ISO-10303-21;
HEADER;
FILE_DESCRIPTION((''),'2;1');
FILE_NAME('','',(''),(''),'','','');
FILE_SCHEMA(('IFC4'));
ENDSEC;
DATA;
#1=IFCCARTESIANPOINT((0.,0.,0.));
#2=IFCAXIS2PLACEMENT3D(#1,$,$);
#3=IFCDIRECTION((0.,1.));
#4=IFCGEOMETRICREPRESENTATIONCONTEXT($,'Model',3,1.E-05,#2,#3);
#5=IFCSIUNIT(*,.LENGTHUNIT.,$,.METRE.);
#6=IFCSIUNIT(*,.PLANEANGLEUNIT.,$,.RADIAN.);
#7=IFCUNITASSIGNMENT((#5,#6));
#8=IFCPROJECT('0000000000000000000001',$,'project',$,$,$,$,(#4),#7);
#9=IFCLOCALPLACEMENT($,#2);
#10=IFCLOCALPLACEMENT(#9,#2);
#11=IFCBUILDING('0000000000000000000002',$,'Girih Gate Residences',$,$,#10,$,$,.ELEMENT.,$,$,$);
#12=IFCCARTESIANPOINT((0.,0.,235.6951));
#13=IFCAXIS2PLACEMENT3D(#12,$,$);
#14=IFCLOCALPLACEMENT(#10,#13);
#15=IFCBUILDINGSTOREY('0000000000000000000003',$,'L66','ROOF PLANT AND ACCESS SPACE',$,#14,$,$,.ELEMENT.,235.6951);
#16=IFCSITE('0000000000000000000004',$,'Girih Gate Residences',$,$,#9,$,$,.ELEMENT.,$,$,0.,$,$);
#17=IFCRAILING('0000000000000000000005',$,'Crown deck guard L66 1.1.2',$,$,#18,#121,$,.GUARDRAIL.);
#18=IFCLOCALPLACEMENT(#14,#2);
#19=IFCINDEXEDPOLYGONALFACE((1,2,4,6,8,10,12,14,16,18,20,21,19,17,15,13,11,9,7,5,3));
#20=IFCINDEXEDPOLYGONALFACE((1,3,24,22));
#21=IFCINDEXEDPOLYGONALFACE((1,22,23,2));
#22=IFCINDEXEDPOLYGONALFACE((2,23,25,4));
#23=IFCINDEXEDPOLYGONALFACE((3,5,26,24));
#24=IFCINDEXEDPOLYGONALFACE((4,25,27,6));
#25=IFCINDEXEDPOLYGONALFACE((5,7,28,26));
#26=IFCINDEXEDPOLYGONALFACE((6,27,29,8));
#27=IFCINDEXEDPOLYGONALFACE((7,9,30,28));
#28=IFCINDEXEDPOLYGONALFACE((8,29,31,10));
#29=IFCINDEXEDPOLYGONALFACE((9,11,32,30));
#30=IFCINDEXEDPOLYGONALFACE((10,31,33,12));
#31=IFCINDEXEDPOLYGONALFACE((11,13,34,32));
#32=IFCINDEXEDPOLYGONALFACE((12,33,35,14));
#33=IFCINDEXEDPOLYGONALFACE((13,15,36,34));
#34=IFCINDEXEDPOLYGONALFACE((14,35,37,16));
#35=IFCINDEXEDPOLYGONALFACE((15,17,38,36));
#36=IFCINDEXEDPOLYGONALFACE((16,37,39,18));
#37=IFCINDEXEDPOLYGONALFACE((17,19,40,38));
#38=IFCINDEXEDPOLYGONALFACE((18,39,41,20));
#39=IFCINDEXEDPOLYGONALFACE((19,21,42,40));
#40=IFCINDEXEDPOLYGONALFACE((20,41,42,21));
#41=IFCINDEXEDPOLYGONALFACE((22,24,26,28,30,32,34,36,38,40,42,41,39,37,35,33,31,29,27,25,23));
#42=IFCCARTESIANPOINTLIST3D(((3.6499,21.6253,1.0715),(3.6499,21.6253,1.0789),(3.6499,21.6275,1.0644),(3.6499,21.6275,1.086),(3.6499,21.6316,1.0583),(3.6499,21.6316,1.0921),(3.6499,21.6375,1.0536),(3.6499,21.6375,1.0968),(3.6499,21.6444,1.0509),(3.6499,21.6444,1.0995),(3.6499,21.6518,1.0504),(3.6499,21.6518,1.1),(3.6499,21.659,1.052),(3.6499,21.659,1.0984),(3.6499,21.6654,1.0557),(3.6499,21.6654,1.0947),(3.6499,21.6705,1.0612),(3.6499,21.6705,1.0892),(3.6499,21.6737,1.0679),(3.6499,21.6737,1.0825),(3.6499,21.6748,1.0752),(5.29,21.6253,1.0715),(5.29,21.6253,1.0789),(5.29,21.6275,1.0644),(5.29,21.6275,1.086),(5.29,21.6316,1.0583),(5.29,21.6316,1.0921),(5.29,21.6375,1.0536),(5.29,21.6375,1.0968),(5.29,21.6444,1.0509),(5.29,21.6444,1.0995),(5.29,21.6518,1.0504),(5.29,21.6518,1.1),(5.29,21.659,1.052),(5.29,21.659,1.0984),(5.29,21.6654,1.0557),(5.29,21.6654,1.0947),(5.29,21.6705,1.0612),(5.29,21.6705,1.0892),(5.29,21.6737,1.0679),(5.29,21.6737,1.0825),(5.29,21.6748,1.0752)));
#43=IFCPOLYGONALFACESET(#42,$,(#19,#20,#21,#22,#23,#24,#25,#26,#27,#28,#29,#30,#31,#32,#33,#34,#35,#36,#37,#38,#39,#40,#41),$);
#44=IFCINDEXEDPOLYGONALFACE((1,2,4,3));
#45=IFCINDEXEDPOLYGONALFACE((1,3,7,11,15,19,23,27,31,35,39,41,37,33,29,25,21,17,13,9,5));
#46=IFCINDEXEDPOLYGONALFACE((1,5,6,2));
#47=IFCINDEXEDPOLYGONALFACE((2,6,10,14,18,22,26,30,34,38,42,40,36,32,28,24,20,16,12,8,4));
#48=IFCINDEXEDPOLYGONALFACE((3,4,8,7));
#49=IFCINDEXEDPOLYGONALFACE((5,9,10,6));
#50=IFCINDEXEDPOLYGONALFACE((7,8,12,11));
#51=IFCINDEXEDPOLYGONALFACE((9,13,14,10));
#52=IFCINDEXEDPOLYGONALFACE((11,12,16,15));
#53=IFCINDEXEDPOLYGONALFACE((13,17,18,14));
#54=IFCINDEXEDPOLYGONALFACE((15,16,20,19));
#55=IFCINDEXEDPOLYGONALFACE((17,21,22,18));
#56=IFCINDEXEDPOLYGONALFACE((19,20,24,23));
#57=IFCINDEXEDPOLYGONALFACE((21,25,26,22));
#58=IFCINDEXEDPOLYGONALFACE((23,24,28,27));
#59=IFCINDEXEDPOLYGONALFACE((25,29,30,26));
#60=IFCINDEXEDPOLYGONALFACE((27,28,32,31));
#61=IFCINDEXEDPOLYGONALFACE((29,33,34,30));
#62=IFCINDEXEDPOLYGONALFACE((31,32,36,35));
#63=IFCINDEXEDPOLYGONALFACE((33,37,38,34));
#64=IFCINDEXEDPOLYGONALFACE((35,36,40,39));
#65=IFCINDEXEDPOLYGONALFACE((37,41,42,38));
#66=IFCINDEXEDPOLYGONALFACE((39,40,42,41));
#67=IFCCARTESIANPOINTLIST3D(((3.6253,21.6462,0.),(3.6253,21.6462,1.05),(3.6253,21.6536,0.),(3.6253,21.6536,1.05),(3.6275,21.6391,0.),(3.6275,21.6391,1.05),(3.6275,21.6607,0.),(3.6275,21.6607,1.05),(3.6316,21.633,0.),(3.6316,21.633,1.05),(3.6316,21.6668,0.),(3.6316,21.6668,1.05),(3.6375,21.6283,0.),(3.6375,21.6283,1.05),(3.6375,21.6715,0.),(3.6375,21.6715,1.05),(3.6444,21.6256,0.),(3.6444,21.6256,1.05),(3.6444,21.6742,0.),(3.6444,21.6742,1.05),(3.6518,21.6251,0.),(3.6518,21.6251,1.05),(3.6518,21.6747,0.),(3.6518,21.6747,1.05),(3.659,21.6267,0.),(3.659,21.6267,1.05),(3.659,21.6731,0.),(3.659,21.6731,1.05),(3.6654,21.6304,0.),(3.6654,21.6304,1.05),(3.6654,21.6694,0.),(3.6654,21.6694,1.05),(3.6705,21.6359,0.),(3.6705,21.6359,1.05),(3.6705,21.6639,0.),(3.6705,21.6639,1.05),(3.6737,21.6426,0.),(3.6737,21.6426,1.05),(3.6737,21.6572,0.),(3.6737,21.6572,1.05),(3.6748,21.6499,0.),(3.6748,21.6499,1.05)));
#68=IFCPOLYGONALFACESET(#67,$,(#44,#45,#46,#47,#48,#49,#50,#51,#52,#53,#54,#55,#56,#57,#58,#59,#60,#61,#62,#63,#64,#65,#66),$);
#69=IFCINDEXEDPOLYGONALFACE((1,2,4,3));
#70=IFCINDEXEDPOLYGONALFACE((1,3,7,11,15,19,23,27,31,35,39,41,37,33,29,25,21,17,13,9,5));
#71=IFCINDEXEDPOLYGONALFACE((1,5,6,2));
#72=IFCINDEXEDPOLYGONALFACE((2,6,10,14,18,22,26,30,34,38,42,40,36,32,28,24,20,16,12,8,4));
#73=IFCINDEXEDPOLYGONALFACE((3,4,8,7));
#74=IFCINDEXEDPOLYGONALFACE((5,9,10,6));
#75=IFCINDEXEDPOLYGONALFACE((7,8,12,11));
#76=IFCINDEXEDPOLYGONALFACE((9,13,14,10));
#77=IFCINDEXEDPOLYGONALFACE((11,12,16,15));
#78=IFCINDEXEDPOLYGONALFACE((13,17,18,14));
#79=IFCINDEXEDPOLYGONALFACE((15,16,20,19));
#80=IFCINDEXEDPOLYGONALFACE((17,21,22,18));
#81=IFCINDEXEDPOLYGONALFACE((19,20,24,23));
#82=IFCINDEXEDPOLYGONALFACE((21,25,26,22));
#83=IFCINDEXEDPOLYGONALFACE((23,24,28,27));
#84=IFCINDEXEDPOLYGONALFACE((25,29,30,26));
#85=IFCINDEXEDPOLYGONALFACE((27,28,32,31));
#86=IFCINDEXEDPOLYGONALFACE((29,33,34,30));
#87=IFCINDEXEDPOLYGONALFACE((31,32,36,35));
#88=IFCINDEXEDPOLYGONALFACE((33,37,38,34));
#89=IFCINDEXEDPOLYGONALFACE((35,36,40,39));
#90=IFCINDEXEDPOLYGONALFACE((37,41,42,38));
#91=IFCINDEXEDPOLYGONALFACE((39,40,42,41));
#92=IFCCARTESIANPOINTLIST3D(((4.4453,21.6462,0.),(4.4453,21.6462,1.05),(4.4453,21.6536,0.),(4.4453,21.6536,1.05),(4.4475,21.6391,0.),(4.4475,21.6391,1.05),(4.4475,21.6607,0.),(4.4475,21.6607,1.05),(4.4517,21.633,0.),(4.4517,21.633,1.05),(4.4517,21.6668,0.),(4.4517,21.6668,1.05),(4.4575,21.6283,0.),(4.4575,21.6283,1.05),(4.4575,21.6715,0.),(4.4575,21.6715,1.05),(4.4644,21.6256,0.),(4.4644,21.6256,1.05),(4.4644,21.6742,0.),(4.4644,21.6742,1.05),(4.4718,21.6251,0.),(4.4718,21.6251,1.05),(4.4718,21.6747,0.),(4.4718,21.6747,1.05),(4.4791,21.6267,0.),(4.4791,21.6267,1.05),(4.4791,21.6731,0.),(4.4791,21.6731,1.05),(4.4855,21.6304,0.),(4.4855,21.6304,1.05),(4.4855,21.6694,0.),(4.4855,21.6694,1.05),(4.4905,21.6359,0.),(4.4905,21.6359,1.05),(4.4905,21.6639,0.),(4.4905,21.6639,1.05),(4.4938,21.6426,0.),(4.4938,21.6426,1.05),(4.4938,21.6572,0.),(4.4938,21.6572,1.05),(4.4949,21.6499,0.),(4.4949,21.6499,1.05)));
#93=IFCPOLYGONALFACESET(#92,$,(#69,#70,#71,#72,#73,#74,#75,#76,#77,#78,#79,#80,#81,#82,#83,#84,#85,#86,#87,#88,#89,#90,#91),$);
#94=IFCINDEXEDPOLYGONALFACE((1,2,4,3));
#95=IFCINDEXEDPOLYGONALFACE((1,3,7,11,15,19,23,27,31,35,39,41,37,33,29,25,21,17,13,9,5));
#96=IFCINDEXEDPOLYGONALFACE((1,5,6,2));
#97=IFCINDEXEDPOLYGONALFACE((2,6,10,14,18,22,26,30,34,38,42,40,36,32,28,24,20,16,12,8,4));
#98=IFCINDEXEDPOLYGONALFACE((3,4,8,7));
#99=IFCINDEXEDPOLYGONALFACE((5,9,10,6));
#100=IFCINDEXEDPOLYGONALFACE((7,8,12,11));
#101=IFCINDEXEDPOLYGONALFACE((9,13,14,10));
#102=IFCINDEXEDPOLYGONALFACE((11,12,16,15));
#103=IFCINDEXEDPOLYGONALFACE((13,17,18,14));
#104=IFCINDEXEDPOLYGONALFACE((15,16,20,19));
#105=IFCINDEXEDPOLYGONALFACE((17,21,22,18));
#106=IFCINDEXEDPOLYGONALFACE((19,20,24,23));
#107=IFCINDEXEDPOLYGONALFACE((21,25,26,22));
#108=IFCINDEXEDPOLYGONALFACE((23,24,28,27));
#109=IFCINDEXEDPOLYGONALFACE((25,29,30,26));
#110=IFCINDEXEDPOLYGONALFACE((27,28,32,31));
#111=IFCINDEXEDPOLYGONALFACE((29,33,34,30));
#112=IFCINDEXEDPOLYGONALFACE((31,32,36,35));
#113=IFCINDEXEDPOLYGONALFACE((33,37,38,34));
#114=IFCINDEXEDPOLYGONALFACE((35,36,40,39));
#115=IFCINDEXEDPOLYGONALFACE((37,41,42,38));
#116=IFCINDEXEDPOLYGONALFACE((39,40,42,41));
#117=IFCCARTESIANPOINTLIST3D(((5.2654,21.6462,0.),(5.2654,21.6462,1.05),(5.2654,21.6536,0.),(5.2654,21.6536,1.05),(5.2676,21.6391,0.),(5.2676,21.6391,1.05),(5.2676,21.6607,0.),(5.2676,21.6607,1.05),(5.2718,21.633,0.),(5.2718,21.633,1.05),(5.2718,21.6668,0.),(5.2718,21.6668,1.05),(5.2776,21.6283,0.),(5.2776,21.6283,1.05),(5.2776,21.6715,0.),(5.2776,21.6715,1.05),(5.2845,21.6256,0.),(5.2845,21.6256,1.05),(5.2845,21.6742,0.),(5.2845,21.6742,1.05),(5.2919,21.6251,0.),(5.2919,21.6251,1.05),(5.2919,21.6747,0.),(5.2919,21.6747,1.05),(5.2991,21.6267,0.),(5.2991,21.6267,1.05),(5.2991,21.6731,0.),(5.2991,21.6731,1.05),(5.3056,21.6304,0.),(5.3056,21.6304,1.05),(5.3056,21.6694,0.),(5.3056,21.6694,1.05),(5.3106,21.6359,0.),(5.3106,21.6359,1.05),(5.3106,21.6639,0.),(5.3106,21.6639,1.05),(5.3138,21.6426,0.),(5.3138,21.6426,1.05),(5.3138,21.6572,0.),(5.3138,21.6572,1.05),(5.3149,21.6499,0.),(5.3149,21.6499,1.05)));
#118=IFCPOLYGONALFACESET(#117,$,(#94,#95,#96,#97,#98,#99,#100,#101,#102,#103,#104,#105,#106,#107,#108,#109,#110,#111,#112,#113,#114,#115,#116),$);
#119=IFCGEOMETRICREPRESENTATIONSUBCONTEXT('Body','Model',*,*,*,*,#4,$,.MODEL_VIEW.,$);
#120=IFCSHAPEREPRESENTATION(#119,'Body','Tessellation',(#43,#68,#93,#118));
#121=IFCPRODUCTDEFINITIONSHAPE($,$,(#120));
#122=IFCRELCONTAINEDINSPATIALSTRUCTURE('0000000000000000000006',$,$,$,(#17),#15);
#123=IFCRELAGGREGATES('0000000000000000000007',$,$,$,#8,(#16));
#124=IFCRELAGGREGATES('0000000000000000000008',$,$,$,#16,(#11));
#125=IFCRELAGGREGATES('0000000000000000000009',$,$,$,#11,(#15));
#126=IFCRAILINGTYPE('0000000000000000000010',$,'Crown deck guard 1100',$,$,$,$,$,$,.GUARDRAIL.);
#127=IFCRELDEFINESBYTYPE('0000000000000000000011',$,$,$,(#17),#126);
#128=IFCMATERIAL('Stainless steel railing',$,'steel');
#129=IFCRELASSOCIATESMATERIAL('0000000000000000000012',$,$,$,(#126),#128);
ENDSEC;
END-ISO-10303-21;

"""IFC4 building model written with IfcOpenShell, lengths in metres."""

from ifc_helpers import new_model, si_unit, direction, frame, origin, origin_2d, place, context, subcontext, project, spatial, circle, extrude, material, type_object, element, save


model = new_model("IFC4")

# Units and contexts
model_context = context("Model", 3, precision=1e-05, world=origin(), true_north=direction((0.0, 1.0)))
body_context = subcontext(model_context, "Body", "Model", "MODEL_VIEW")
ifc_project = project(units=[si_unit("LENGTHUNIT", "METRE"), si_unit("PLANEANGLEUNIT", "RADIAN")], contexts=[model_context])

# Site, building, storey
site_placement = place(None, origin())
site = spatial("IfcSite", under=ifc_project, at=site_placement, Name="Girih Gate Residences", CompositionType="ELEMENT", RefElevation=0.0)
building_placement = place(site_placement, origin())
building = spatial("IfcBuilding", under=site, at=building_placement, Name="Girih Gate Residences", CompositionType="ELEMENT")
storey_placement = place(building_placement, frame((0.0, 0.0, 235.6951)))
storey = spatial("IfcBuildingStorey", under=building, at=storey_placement, Name="L66", Description="ROOF PLANT AND ACCESS SPACE", CompositionType="ELEMENT", Elevation=235.6951)

# Railing
ifc_material_1 = material(Name="Stainless steel railing", Category="steel")
railing_type = type_object("IfcRailingType", Name="Crown deck guard 1100", PredefinedType="GUARDRAIL", material=ifc_material_1)
railing_1_placement = place(storey_placement, frame((3.6499, 21.6499, 0.0)))
element("IfcRailing", 1, at=railing_1_placement, inside=storey, type_object=railing_type, Name="Crown deck guard L66 1.1.2", PredefinedType="GUARDRAIL", context=body_context, shape_type="SweptSolid", body=[
    extrude(circle(Radius=0.0249, at=origin_2d()), frame((0.0, 0.0, 1.0752), z_axis=(1.0, 0.0, 0.0), x_axis=(0.0, 1.0, 0.0)), (0.0, 0.0, 1.0), 1.6401),
    extrude(circle(Radius=0.0249, at=origin_2d()), origin(), (0.0, 0.0, 1.0), 1.05),
    extrude(circle(Radius=0.0249, at=origin_2d()), frame((0.8201, 0.0, 0.0)), (0.0, 0.0, 1.0), 1.05),
    extrude(circle(Radius=0.0249, at=origin_2d()), frame((1.6401, 0.0, 0.0)), (0.0, 0.0, 1.0), 1.05),
])

save(model, "model.ifc")
